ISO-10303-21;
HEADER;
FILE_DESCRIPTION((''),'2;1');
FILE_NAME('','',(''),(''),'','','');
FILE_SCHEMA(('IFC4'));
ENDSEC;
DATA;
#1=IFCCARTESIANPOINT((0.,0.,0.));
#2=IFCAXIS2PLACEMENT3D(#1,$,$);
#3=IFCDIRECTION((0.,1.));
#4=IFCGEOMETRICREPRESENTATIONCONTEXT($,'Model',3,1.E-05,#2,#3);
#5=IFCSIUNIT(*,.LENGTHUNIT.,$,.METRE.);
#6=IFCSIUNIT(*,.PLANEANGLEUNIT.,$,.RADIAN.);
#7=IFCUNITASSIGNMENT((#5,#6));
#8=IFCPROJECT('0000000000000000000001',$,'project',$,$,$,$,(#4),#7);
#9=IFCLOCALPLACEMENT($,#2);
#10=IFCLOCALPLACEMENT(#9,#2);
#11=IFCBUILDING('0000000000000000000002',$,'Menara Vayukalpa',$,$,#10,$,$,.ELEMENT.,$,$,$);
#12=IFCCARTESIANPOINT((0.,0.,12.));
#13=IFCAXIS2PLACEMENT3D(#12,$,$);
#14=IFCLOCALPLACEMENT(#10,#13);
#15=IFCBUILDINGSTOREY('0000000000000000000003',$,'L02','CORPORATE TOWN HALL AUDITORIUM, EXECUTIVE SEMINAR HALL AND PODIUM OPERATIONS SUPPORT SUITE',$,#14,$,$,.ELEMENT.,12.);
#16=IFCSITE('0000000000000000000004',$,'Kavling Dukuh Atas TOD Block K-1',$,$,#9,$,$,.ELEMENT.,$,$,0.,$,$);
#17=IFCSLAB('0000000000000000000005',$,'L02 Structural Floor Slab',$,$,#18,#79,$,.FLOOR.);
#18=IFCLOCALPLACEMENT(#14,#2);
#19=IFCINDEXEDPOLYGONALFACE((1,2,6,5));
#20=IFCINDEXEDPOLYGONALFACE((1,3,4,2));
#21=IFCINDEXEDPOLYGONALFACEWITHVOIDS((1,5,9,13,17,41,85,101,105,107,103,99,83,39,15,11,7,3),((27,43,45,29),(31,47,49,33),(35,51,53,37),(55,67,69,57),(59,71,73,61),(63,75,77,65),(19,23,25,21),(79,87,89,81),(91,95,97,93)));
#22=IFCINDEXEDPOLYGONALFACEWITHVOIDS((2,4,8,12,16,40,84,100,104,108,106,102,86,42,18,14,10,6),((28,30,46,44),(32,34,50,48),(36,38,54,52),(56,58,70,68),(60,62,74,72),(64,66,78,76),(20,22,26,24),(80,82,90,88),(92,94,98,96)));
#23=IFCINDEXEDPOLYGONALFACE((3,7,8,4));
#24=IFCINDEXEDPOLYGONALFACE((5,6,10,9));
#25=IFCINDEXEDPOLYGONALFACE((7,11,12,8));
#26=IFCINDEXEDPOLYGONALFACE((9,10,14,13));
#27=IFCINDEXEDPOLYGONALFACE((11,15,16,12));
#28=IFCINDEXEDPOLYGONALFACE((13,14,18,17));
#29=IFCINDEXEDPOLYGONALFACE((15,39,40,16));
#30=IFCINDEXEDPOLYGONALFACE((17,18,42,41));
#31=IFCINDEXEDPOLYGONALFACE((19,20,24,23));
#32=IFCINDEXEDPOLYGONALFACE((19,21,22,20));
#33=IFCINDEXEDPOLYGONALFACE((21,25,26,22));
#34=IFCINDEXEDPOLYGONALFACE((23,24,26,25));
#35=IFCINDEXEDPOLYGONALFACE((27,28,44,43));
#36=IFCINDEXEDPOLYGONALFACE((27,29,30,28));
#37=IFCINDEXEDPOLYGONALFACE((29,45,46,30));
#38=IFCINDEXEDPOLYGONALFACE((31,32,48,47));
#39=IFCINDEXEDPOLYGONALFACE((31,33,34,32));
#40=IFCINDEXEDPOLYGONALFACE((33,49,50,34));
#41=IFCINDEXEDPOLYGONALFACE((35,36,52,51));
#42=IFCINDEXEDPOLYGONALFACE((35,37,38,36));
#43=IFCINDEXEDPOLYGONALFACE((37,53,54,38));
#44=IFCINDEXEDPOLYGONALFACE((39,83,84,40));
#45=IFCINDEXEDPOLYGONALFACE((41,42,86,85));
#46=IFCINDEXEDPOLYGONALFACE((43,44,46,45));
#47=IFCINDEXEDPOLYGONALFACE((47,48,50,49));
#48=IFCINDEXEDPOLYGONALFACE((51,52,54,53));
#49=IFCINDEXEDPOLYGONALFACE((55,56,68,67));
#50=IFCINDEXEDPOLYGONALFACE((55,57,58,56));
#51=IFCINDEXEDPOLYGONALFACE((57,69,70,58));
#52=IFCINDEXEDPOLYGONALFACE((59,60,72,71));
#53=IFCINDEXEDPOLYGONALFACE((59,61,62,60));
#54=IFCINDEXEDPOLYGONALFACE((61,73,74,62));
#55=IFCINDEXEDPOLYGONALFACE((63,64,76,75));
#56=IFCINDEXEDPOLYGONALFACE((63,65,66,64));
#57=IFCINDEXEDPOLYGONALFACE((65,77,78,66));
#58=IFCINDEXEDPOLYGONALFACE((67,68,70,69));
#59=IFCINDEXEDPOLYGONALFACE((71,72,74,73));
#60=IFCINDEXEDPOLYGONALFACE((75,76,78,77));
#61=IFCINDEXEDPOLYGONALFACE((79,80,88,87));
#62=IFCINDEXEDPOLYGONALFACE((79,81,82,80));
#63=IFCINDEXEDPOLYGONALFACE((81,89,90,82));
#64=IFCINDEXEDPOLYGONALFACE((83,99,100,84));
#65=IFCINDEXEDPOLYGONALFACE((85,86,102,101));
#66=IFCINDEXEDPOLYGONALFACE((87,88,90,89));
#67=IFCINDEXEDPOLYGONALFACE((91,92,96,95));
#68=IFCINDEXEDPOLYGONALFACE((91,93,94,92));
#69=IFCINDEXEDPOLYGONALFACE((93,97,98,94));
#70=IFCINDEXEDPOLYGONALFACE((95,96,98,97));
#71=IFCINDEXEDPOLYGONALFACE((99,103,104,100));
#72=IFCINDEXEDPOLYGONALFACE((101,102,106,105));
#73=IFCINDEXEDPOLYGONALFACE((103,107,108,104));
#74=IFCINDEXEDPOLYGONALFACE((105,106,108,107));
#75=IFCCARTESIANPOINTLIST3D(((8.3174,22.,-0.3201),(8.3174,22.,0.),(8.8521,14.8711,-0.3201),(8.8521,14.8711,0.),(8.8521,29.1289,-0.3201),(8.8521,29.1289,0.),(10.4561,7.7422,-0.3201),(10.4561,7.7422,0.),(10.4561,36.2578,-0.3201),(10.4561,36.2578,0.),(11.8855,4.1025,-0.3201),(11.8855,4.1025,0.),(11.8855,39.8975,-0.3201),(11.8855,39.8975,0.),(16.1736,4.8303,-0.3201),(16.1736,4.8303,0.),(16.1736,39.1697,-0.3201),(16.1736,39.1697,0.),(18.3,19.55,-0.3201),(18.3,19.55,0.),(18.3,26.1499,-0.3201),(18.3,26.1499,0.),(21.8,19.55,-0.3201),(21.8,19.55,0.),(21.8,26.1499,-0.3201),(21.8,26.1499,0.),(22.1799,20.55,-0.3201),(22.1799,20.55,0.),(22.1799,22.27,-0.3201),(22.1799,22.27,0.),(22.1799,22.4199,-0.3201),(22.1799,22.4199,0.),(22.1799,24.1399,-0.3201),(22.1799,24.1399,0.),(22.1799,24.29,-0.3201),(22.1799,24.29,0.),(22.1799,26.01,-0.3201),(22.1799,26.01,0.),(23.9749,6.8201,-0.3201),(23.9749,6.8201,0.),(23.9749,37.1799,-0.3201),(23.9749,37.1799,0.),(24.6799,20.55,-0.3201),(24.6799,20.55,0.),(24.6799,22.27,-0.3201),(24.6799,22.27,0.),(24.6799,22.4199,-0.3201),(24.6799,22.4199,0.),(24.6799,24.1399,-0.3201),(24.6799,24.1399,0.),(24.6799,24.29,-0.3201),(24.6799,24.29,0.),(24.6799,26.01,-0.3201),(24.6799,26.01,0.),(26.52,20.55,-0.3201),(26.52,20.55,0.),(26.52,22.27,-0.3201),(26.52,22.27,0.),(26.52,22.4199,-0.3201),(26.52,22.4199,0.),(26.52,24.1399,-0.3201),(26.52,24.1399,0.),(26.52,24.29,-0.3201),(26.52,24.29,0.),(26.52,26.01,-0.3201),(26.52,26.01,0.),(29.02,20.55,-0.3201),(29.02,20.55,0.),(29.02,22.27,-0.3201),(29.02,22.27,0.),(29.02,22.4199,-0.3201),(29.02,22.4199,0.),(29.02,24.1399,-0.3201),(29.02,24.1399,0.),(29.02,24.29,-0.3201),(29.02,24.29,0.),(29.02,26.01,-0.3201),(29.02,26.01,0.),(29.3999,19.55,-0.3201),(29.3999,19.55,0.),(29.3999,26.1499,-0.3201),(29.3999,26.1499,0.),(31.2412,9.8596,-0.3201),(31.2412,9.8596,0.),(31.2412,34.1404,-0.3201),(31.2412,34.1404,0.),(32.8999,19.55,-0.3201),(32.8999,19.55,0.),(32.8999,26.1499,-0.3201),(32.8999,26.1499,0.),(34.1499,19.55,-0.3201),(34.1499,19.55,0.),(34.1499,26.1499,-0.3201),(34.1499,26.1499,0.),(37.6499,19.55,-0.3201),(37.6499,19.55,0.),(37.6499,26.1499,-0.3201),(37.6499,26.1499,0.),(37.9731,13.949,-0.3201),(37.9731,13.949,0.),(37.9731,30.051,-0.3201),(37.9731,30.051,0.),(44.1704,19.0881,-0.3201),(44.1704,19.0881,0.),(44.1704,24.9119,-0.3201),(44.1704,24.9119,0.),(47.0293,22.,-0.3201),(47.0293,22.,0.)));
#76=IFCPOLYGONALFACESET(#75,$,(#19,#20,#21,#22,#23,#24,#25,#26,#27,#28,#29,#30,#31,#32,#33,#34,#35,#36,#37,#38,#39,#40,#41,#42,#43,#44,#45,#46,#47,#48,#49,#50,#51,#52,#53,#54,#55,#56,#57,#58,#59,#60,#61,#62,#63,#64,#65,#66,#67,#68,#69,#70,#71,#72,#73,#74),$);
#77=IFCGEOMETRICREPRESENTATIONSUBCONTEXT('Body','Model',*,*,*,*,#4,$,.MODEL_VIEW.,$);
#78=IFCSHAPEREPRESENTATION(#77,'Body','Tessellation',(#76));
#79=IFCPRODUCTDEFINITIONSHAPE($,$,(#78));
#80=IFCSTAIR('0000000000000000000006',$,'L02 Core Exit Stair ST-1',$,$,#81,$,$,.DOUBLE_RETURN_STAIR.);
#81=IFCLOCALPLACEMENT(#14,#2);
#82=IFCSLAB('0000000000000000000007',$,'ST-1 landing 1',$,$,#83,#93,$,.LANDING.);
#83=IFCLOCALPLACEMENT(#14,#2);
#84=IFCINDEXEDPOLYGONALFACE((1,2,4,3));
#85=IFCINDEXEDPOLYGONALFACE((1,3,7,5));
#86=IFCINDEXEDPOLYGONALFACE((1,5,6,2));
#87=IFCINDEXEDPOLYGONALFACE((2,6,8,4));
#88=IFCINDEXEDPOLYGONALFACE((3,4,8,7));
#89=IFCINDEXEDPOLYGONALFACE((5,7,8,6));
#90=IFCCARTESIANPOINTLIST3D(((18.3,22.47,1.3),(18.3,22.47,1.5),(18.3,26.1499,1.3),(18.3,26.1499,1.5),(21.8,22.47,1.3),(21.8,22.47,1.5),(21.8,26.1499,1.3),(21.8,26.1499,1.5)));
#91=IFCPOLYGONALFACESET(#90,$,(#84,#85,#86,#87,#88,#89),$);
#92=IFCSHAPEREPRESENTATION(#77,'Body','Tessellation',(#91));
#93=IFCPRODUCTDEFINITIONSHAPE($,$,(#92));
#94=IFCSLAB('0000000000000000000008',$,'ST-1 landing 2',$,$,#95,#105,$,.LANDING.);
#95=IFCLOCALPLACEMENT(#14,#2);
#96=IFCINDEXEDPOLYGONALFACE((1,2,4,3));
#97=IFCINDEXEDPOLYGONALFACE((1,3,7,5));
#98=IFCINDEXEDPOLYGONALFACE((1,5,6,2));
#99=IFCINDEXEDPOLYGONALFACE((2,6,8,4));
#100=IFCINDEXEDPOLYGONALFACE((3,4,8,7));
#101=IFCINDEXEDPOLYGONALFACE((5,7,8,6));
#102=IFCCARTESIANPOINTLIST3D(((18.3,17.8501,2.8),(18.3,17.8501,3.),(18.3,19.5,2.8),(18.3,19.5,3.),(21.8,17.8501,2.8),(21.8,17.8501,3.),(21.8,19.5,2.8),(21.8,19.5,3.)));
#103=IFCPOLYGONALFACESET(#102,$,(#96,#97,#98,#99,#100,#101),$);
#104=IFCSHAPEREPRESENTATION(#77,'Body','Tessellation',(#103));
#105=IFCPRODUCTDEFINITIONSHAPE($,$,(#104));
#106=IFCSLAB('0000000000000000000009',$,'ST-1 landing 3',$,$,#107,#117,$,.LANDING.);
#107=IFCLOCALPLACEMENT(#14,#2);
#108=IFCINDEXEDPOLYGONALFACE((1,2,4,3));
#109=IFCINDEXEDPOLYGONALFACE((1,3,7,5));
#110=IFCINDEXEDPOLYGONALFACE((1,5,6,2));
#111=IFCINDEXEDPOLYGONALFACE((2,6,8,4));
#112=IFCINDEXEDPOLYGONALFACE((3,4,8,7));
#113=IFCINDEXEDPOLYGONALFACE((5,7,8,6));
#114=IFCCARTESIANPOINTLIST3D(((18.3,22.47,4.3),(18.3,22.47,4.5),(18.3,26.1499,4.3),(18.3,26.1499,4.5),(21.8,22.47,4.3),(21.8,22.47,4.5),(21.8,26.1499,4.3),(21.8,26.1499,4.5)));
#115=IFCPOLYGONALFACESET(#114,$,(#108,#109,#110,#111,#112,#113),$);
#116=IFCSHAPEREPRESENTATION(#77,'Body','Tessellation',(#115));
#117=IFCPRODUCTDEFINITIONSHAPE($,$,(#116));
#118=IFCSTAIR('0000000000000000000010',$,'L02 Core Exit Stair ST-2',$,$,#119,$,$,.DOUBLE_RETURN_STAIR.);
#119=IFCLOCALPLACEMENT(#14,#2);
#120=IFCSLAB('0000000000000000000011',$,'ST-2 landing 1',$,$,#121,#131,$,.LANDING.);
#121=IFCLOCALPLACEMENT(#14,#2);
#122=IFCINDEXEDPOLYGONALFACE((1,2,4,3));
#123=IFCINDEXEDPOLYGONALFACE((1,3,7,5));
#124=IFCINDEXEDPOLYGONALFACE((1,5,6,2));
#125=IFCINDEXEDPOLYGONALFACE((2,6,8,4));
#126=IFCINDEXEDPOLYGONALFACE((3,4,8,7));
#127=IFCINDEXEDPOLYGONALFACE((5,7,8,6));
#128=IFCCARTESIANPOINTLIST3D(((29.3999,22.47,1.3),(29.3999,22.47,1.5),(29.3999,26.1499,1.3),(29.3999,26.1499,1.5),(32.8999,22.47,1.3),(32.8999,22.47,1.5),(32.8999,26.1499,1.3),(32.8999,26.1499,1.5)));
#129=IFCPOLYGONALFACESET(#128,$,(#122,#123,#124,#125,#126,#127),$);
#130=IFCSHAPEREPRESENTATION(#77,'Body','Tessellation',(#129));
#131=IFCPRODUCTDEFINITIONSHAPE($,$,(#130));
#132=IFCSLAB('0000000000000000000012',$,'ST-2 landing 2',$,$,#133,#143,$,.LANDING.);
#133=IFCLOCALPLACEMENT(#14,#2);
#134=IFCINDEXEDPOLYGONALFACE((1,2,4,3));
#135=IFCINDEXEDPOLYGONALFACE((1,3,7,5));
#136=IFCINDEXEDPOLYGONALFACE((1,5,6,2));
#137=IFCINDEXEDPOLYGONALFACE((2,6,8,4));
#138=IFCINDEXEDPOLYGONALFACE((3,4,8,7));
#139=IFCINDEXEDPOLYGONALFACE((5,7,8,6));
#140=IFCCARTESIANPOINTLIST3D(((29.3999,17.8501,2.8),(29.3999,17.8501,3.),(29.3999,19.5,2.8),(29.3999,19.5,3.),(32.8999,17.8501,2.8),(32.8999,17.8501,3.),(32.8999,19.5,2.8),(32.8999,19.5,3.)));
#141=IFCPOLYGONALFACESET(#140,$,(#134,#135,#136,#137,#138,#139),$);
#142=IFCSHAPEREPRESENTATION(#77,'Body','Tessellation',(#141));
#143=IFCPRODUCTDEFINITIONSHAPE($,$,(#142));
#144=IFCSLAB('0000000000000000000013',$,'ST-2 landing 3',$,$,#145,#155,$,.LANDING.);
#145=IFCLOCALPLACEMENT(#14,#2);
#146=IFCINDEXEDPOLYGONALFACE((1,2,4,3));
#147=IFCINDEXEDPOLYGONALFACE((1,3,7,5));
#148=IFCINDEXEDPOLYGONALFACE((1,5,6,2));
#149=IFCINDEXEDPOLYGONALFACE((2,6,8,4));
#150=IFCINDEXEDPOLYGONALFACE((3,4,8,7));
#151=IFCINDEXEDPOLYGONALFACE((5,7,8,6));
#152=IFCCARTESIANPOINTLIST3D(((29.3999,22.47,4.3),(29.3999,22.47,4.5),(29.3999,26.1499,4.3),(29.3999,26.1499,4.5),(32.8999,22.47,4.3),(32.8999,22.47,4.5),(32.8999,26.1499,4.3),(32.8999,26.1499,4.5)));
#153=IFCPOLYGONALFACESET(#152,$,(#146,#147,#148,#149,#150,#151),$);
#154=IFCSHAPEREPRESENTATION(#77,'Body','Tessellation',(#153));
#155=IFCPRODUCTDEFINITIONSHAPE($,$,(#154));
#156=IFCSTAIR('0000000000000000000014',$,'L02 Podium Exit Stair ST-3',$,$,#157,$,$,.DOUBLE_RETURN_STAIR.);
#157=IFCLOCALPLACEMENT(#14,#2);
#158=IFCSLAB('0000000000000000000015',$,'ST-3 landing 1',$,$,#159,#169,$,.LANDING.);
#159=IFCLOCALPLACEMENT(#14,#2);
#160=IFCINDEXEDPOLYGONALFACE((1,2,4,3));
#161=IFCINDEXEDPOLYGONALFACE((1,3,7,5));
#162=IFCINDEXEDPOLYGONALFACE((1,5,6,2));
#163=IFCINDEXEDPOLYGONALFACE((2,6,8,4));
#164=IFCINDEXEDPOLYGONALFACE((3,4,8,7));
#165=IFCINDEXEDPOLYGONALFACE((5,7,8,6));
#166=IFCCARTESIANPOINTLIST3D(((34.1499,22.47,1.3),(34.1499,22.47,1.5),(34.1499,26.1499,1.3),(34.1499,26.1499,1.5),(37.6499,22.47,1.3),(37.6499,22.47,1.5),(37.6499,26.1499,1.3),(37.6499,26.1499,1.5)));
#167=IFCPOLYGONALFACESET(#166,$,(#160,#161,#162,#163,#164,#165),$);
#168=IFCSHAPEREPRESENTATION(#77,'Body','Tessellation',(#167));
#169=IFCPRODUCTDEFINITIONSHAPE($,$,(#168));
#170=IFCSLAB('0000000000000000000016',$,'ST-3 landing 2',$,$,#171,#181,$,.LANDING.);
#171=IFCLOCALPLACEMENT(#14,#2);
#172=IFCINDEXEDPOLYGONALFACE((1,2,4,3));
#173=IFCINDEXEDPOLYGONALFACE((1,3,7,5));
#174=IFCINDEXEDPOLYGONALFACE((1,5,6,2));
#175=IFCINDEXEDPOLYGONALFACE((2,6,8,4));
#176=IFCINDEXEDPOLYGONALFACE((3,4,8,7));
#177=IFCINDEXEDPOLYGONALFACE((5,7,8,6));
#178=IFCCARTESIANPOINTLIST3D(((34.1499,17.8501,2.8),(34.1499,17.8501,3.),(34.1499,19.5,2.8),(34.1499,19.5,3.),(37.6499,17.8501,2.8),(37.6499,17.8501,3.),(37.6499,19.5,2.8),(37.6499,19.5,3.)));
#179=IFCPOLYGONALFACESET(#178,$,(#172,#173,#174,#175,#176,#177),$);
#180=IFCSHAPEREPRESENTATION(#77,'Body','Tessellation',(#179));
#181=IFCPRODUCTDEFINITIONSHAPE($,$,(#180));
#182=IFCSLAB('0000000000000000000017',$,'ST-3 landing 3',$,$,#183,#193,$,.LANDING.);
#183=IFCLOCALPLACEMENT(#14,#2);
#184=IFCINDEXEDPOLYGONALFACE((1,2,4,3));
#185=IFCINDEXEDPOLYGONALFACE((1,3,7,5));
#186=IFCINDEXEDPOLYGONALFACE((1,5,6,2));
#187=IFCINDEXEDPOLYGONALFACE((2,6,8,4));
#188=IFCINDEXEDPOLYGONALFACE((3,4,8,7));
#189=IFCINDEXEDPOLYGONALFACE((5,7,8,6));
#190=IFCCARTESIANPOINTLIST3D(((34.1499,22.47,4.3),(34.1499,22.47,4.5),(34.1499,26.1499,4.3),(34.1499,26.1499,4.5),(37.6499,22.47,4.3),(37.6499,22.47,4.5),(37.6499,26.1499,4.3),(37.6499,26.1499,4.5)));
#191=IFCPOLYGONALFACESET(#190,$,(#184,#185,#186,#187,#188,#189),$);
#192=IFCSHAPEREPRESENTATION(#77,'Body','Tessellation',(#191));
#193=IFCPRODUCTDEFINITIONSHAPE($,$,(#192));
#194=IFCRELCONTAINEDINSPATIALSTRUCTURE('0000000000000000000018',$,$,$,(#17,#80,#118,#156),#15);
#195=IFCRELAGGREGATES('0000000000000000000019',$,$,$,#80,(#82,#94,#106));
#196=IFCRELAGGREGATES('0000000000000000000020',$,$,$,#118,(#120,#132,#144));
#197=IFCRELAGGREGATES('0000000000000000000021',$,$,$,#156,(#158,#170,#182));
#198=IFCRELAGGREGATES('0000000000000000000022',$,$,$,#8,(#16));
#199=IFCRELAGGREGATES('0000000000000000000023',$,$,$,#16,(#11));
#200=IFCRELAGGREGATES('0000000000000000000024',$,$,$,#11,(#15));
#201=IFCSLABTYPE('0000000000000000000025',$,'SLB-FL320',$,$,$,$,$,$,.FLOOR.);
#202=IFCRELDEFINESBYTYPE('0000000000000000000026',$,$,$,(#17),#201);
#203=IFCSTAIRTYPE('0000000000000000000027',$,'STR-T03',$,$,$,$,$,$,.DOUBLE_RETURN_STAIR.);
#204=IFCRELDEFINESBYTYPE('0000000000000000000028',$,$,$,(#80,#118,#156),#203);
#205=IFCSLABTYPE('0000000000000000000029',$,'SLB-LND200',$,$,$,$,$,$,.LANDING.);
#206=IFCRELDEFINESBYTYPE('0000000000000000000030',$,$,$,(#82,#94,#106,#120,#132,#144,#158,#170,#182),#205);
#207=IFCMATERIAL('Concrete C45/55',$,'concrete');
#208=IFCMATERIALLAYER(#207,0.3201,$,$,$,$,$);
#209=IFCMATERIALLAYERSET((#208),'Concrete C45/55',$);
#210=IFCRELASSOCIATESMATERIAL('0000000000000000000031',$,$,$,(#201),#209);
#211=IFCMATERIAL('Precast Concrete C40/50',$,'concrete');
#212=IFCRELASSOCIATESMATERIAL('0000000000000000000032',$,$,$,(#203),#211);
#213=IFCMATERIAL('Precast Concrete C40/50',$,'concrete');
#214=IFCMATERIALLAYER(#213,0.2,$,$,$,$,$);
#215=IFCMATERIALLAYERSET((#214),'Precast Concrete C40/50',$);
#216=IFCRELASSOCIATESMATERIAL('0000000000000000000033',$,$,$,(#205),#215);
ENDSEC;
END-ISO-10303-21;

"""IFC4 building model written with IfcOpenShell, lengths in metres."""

from ifc_helpers import new_model, si_unit, direction, frame, origin, place, context, subcontext, project, spatial, polyline, outline, extrude, material, layer, layer_set, type_object, element, aggregate, save


model = new_model("IFC4")

# Units and contexts
model_context = context("Model", 3, precision=1e-05, world=origin(), true_north=direction((0.0, 1.0)))
body_context = subcontext(model_context, "Body", "Model", "MODEL_VIEW")
ifc_project = project(units=[si_unit("LENGTHUNIT", "METRE"), si_unit("PLANEANGLEUNIT", "RADIAN")], contexts=[model_context])

# Site, building, storey
site_placement = place(None, origin())
site = spatial("IfcSite", under=ifc_project, at=site_placement, Name="Kavling Dukuh Atas TOD Block K-1", CompositionType="ELEMENT", RefElevation=0.0)
building_placement = place(site_placement, origin())
building = spatial("IfcBuilding", under=site, at=building_placement, Name="Menara Vayukalpa", CompositionType="ELEMENT")
storey_placement = place(building_placement, frame((0.0, 0.0, 12.0)))
storey = spatial("IfcBuildingStorey", under=building, at=storey_placement, Name="L02", Description="CORPORATE TOWN HALL AUDITORIUM, EXECUTIVE SEMINAR HALL AND PODIUM OPERATIONS SUPPORT SUITE", CompositionType="ELEMENT", Elevation=12.0)

# Slab
ifc_material_1 = material(Name="Concrete C45/55", Category="concrete")
ifc_layer_1 = layer(ifc_material_1, 0.3201)
ifc_layer_set_1 = layer_set([ifc_layer_1], Name="Concrete C45/55")
slab_type_1 = type_object("IfcSlabType", Name="SLB-FL320", PredefinedType="FLOOR", material=ifc_layer_set_1)
slab_1_placement = place(storey_placement, frame((0.0, 0.0, -0.3201)))
element("IfcSlab", 1, at=slab_1_placement, inside=storey, type_object=slab_type_1, Name="L02 Structural Floor Slab", PredefinedType="FLOOR", context=body_context, shape_type="SweptSolid", body=[
    extrude(outline(polyline([(44.1704, 19.0881), (47.0293, 22.0), (44.1704, 24.9119), (37.9731, 30.051), (31.2412, 34.1404), (23.9749, 37.1799), (16.1736, 39.1697), (11.8855, 39.8975), (10.4561, 36.2578), (8.8521, 29.1289), (8.3174, 22.0), (8.8521, 14.8711), (10.4561, 7.7422), (11.8855, 4.1025), (16.1736, 4.8303), (23.9749, 6.8201), (31.2412, 9.8596), (37.9731, 13.949), (44.1704, 19.0881)]), holes=[polyline([(21.8, 19.55), (21.8, 26.1499), (18.3, 26.1499), (18.3, 19.55), (21.8, 19.55)]), polyline([(32.8999, 19.55), (32.8999, 26.1499), (29.3999, 26.1499), (29.3999, 19.55), (32.8999, 19.55)]), polyline([(37.6499, 19.55), (37.6499, 26.1499), (34.1499, 26.1499), (34.1499, 19.55), (37.6499, 19.55)]), polyline([(22.1799, 20.55), (24.6799, 20.55), (24.6799, 22.27), (22.1799, 22.27), (22.1799, 20.55)]), polyline([(26.52, 20.55), (29.02, 20.55), (29.02, 22.27), (26.52, 22.27), (26.52, 20.55)]), polyline([(22.1799, 22.4199), (24.6799, 22.4199), (24.6799, 24.1399), (22.1799, 24.1399), (22.1799, 22.4199)]), polyline([(22.1799, 24.29), (24.6799, 24.29), (24.6799, 26.01), (22.1799, 26.01), (22.1799, 24.29)]), polyline([(26.52, 24.29), (29.02, 24.29), (29.02, 26.01), (26.52, 26.01), (26.52, 24.29)]), polyline([(26.52, 22.4199), (29.02, 22.4199), (29.02, 24.1399), (26.52, 24.1399), (26.52, 22.4199)])]), origin(), (0.0, 0.0, 1.0), 0.3201),
])

# Stairs, slabs
ifc_material_2 = material(Name="Precast Concrete C40/50", Category="concrete")
stair_type = type_object("IfcStairType", Name="STR-T03", PredefinedType="DOUBLE_RETURN_STAIR", material=ifc_material_2)
stair_1_placement = place(storey_placement, origin())
stair_1 = element("IfcStair", 2, at=stair_1_placement, inside=storey, type_object=stair_type, Name="L02 Core Exit Stair ST-1", PredefinedType="DOUBLE_RETURN_STAIR")
ifc_material_3 = material(Name="Precast Concrete C40/50", Category="concrete")
ifc_layer_2 = layer(ifc_material_3, 0.2)
ifc_layer_set_2 = layer_set([ifc_layer_2], Name="Precast Concrete C40/50")
slab_type_2 = type_object("IfcSlabType", Name="SLB-LND200", PredefinedType="LANDING", material=ifc_layer_set_2)
slab_2_placement = place(storey_placement, frame((0.0, 0.0, 1.3)))
slab_2 = element("IfcSlab", 3, at=slab_2_placement, type_object=slab_type_2, Name="ST-1 landing 1", PredefinedType="LANDING", context=body_context, shape_type="SweptSolid", body=[
    extrude(outline(polyline([(21.8, 22.47), (21.8, 26.1499), (18.3, 26.1499), (18.3, 22.47), (21.8, 22.47)])), origin(), (0.0, 0.0, 1.0), 0.2),
])
slab_3_placement = place(storey_placement, frame((0.0, 0.0, 2.8)))
slab_3 = element("IfcSlab", 4, at=slab_3_placement, type_object=slab_type_2, Name="ST-1 landing 2", PredefinedType="LANDING", context=body_context, shape_type="SweptSolid", body=[
    extrude(outline(polyline([(21.8, 17.8501), (21.8, 19.5), (18.3, 19.5), (18.3, 17.8501), (21.8, 17.8501)])), origin(), (0.0, 0.0, 1.0), 0.2),
])
slab_4_placement = place(storey_placement, frame((0.0, 0.0, 4.3)))
slab_4 = element("IfcSlab", 5, at=slab_4_placement, type_object=slab_type_2, Name="ST-1 landing 3", PredefinedType="LANDING", context=body_context, shape_type="SweptSolid", body=[
    extrude(outline(polyline([(21.8, 22.47), (21.8, 26.1499), (18.3, 26.1499), (18.3, 22.47), (21.8, 22.47)])), origin(), (0.0, 0.0, 1.0), 0.2),
])
aggregate(stair_1, [slab_2, slab_3, slab_4])
stair_2_placement = place(storey_placement, origin())
stair_2 = element("IfcStair", 6, at=stair_2_placement, inside=storey, type_object=stair_type, Name="L02 Core Exit Stair ST-2", PredefinedType="DOUBLE_RETURN_STAIR")
slab_5_placement = place(storey_placement, frame((0.0, 0.0, 1.3)))
slab_5 = element("IfcSlab", 7, at=slab_5_placement, type_object=slab_type_2, Name="ST-2 landing 1", PredefinedType="LANDING", context=body_context, shape_type="SweptSolid", body=[
    extrude(outline(polyline([(32.8999, 22.47), (32.8999, 26.1499), (29.3999, 26.1499), (29.3999, 22.47), (32.8999, 22.47)])), origin(), (0.0, 0.0, 1.0), 0.2),
])
slab_6_placement = place(storey_placement, frame((0.0, 0.0, 2.8)))
slab_6 = element("IfcSlab", 8, at=slab_6_placement, type_object=slab_type_2, Name="ST-2 landing 2", PredefinedType="LANDING", context=body_context, shape_type="SweptSolid", body=[
    extrude(outline(polyline([(32.8999, 17.8501), (32.8999, 19.5), (29.3999, 19.5), (29.3999, 17.8501), (32.8999, 17.8501)])), origin(), (0.0, 0.0, 1.0), 0.2),
])
slab_7_placement = place(storey_placement, frame((0.0, 0.0, 4.3)))
slab_7 = element("IfcSlab", 9, at=slab_7_placement, type_object=slab_type_2, Name="ST-2 landing 3", PredefinedType="LANDING", context=body_context, shape_type="SweptSolid", body=[
    extrude(outline(polyline([(32.8999, 22.47), (32.8999, 26.1499), (29.3999, 26.1499), (29.3999, 22.47), (32.8999, 22.47)])), origin(), (0.0, 0.0, 1.0), 0.2),
])
aggregate(stair_2, [slab_5, slab_6, slab_7])
stair_3_placement = place(storey_placement, origin())
stair_3 = element("IfcStair", 10, at=stair_3_placement, inside=storey, type_object=stair_type, Name="L02 Podium Exit Stair ST-3", PredefinedType="DOUBLE_RETURN_STAIR")
slab_8_placement = place(storey_placement, frame((0.0, 0.0, 1.3)))
slab_8 = element("IfcSlab", 11, at=slab_8_placement, type_object=slab_type_2, Name="ST-3 landing 1", PredefinedType="LANDING", context=body_context, shape_type="SweptSolid", body=[
    extrude(outline(polyline([(37.6499, 22.47), (37.6499, 26.1499), (34.1499, 26.1499), (34.1499, 22.47), (37.6499, 22.47)])), origin(), (0.0, 0.0, 1.0), 0.2),
])
slab_9_placement = place(storey_placement, frame((0.0, 0.0, 2.8)))
slab_9 = element("IfcSlab", 12, at=slab_9_placement, type_object=slab_type_2, Name="ST-3 landing 2", PredefinedType="LANDING", context=body_context, shape_type="SweptSolid", body=[
    extrude(outline(polyline([(37.6499, 17.8501), (37.6499, 19.5), (34.1499, 19.5), (34.1499, 17.8501), (37.6499, 17.8501)])), origin(), (0.0, 0.0, 1.0), 0.2),
])
slab_10_placement = place(storey_placement, frame((0.0, 0.0, 4.3)))
slab_10 = element("IfcSlab", 13, at=slab_10_placement, type_object=slab_type_2, Name="ST-3 landing 3", PredefinedType="LANDING", context=body_context, shape_type="SweptSolid", body=[
    extrude(outline(polyline([(37.6499, 22.47), (37.6499, 26.1499), (34.1499, 26.1499), (34.1499, 22.47), (37.6499, 22.47)])), origin(), (0.0, 0.0, 1.0), 0.2),
])
aggregate(stair_3, [slab_8, slab_9, slab_10])

save(model, "model.ifc")
